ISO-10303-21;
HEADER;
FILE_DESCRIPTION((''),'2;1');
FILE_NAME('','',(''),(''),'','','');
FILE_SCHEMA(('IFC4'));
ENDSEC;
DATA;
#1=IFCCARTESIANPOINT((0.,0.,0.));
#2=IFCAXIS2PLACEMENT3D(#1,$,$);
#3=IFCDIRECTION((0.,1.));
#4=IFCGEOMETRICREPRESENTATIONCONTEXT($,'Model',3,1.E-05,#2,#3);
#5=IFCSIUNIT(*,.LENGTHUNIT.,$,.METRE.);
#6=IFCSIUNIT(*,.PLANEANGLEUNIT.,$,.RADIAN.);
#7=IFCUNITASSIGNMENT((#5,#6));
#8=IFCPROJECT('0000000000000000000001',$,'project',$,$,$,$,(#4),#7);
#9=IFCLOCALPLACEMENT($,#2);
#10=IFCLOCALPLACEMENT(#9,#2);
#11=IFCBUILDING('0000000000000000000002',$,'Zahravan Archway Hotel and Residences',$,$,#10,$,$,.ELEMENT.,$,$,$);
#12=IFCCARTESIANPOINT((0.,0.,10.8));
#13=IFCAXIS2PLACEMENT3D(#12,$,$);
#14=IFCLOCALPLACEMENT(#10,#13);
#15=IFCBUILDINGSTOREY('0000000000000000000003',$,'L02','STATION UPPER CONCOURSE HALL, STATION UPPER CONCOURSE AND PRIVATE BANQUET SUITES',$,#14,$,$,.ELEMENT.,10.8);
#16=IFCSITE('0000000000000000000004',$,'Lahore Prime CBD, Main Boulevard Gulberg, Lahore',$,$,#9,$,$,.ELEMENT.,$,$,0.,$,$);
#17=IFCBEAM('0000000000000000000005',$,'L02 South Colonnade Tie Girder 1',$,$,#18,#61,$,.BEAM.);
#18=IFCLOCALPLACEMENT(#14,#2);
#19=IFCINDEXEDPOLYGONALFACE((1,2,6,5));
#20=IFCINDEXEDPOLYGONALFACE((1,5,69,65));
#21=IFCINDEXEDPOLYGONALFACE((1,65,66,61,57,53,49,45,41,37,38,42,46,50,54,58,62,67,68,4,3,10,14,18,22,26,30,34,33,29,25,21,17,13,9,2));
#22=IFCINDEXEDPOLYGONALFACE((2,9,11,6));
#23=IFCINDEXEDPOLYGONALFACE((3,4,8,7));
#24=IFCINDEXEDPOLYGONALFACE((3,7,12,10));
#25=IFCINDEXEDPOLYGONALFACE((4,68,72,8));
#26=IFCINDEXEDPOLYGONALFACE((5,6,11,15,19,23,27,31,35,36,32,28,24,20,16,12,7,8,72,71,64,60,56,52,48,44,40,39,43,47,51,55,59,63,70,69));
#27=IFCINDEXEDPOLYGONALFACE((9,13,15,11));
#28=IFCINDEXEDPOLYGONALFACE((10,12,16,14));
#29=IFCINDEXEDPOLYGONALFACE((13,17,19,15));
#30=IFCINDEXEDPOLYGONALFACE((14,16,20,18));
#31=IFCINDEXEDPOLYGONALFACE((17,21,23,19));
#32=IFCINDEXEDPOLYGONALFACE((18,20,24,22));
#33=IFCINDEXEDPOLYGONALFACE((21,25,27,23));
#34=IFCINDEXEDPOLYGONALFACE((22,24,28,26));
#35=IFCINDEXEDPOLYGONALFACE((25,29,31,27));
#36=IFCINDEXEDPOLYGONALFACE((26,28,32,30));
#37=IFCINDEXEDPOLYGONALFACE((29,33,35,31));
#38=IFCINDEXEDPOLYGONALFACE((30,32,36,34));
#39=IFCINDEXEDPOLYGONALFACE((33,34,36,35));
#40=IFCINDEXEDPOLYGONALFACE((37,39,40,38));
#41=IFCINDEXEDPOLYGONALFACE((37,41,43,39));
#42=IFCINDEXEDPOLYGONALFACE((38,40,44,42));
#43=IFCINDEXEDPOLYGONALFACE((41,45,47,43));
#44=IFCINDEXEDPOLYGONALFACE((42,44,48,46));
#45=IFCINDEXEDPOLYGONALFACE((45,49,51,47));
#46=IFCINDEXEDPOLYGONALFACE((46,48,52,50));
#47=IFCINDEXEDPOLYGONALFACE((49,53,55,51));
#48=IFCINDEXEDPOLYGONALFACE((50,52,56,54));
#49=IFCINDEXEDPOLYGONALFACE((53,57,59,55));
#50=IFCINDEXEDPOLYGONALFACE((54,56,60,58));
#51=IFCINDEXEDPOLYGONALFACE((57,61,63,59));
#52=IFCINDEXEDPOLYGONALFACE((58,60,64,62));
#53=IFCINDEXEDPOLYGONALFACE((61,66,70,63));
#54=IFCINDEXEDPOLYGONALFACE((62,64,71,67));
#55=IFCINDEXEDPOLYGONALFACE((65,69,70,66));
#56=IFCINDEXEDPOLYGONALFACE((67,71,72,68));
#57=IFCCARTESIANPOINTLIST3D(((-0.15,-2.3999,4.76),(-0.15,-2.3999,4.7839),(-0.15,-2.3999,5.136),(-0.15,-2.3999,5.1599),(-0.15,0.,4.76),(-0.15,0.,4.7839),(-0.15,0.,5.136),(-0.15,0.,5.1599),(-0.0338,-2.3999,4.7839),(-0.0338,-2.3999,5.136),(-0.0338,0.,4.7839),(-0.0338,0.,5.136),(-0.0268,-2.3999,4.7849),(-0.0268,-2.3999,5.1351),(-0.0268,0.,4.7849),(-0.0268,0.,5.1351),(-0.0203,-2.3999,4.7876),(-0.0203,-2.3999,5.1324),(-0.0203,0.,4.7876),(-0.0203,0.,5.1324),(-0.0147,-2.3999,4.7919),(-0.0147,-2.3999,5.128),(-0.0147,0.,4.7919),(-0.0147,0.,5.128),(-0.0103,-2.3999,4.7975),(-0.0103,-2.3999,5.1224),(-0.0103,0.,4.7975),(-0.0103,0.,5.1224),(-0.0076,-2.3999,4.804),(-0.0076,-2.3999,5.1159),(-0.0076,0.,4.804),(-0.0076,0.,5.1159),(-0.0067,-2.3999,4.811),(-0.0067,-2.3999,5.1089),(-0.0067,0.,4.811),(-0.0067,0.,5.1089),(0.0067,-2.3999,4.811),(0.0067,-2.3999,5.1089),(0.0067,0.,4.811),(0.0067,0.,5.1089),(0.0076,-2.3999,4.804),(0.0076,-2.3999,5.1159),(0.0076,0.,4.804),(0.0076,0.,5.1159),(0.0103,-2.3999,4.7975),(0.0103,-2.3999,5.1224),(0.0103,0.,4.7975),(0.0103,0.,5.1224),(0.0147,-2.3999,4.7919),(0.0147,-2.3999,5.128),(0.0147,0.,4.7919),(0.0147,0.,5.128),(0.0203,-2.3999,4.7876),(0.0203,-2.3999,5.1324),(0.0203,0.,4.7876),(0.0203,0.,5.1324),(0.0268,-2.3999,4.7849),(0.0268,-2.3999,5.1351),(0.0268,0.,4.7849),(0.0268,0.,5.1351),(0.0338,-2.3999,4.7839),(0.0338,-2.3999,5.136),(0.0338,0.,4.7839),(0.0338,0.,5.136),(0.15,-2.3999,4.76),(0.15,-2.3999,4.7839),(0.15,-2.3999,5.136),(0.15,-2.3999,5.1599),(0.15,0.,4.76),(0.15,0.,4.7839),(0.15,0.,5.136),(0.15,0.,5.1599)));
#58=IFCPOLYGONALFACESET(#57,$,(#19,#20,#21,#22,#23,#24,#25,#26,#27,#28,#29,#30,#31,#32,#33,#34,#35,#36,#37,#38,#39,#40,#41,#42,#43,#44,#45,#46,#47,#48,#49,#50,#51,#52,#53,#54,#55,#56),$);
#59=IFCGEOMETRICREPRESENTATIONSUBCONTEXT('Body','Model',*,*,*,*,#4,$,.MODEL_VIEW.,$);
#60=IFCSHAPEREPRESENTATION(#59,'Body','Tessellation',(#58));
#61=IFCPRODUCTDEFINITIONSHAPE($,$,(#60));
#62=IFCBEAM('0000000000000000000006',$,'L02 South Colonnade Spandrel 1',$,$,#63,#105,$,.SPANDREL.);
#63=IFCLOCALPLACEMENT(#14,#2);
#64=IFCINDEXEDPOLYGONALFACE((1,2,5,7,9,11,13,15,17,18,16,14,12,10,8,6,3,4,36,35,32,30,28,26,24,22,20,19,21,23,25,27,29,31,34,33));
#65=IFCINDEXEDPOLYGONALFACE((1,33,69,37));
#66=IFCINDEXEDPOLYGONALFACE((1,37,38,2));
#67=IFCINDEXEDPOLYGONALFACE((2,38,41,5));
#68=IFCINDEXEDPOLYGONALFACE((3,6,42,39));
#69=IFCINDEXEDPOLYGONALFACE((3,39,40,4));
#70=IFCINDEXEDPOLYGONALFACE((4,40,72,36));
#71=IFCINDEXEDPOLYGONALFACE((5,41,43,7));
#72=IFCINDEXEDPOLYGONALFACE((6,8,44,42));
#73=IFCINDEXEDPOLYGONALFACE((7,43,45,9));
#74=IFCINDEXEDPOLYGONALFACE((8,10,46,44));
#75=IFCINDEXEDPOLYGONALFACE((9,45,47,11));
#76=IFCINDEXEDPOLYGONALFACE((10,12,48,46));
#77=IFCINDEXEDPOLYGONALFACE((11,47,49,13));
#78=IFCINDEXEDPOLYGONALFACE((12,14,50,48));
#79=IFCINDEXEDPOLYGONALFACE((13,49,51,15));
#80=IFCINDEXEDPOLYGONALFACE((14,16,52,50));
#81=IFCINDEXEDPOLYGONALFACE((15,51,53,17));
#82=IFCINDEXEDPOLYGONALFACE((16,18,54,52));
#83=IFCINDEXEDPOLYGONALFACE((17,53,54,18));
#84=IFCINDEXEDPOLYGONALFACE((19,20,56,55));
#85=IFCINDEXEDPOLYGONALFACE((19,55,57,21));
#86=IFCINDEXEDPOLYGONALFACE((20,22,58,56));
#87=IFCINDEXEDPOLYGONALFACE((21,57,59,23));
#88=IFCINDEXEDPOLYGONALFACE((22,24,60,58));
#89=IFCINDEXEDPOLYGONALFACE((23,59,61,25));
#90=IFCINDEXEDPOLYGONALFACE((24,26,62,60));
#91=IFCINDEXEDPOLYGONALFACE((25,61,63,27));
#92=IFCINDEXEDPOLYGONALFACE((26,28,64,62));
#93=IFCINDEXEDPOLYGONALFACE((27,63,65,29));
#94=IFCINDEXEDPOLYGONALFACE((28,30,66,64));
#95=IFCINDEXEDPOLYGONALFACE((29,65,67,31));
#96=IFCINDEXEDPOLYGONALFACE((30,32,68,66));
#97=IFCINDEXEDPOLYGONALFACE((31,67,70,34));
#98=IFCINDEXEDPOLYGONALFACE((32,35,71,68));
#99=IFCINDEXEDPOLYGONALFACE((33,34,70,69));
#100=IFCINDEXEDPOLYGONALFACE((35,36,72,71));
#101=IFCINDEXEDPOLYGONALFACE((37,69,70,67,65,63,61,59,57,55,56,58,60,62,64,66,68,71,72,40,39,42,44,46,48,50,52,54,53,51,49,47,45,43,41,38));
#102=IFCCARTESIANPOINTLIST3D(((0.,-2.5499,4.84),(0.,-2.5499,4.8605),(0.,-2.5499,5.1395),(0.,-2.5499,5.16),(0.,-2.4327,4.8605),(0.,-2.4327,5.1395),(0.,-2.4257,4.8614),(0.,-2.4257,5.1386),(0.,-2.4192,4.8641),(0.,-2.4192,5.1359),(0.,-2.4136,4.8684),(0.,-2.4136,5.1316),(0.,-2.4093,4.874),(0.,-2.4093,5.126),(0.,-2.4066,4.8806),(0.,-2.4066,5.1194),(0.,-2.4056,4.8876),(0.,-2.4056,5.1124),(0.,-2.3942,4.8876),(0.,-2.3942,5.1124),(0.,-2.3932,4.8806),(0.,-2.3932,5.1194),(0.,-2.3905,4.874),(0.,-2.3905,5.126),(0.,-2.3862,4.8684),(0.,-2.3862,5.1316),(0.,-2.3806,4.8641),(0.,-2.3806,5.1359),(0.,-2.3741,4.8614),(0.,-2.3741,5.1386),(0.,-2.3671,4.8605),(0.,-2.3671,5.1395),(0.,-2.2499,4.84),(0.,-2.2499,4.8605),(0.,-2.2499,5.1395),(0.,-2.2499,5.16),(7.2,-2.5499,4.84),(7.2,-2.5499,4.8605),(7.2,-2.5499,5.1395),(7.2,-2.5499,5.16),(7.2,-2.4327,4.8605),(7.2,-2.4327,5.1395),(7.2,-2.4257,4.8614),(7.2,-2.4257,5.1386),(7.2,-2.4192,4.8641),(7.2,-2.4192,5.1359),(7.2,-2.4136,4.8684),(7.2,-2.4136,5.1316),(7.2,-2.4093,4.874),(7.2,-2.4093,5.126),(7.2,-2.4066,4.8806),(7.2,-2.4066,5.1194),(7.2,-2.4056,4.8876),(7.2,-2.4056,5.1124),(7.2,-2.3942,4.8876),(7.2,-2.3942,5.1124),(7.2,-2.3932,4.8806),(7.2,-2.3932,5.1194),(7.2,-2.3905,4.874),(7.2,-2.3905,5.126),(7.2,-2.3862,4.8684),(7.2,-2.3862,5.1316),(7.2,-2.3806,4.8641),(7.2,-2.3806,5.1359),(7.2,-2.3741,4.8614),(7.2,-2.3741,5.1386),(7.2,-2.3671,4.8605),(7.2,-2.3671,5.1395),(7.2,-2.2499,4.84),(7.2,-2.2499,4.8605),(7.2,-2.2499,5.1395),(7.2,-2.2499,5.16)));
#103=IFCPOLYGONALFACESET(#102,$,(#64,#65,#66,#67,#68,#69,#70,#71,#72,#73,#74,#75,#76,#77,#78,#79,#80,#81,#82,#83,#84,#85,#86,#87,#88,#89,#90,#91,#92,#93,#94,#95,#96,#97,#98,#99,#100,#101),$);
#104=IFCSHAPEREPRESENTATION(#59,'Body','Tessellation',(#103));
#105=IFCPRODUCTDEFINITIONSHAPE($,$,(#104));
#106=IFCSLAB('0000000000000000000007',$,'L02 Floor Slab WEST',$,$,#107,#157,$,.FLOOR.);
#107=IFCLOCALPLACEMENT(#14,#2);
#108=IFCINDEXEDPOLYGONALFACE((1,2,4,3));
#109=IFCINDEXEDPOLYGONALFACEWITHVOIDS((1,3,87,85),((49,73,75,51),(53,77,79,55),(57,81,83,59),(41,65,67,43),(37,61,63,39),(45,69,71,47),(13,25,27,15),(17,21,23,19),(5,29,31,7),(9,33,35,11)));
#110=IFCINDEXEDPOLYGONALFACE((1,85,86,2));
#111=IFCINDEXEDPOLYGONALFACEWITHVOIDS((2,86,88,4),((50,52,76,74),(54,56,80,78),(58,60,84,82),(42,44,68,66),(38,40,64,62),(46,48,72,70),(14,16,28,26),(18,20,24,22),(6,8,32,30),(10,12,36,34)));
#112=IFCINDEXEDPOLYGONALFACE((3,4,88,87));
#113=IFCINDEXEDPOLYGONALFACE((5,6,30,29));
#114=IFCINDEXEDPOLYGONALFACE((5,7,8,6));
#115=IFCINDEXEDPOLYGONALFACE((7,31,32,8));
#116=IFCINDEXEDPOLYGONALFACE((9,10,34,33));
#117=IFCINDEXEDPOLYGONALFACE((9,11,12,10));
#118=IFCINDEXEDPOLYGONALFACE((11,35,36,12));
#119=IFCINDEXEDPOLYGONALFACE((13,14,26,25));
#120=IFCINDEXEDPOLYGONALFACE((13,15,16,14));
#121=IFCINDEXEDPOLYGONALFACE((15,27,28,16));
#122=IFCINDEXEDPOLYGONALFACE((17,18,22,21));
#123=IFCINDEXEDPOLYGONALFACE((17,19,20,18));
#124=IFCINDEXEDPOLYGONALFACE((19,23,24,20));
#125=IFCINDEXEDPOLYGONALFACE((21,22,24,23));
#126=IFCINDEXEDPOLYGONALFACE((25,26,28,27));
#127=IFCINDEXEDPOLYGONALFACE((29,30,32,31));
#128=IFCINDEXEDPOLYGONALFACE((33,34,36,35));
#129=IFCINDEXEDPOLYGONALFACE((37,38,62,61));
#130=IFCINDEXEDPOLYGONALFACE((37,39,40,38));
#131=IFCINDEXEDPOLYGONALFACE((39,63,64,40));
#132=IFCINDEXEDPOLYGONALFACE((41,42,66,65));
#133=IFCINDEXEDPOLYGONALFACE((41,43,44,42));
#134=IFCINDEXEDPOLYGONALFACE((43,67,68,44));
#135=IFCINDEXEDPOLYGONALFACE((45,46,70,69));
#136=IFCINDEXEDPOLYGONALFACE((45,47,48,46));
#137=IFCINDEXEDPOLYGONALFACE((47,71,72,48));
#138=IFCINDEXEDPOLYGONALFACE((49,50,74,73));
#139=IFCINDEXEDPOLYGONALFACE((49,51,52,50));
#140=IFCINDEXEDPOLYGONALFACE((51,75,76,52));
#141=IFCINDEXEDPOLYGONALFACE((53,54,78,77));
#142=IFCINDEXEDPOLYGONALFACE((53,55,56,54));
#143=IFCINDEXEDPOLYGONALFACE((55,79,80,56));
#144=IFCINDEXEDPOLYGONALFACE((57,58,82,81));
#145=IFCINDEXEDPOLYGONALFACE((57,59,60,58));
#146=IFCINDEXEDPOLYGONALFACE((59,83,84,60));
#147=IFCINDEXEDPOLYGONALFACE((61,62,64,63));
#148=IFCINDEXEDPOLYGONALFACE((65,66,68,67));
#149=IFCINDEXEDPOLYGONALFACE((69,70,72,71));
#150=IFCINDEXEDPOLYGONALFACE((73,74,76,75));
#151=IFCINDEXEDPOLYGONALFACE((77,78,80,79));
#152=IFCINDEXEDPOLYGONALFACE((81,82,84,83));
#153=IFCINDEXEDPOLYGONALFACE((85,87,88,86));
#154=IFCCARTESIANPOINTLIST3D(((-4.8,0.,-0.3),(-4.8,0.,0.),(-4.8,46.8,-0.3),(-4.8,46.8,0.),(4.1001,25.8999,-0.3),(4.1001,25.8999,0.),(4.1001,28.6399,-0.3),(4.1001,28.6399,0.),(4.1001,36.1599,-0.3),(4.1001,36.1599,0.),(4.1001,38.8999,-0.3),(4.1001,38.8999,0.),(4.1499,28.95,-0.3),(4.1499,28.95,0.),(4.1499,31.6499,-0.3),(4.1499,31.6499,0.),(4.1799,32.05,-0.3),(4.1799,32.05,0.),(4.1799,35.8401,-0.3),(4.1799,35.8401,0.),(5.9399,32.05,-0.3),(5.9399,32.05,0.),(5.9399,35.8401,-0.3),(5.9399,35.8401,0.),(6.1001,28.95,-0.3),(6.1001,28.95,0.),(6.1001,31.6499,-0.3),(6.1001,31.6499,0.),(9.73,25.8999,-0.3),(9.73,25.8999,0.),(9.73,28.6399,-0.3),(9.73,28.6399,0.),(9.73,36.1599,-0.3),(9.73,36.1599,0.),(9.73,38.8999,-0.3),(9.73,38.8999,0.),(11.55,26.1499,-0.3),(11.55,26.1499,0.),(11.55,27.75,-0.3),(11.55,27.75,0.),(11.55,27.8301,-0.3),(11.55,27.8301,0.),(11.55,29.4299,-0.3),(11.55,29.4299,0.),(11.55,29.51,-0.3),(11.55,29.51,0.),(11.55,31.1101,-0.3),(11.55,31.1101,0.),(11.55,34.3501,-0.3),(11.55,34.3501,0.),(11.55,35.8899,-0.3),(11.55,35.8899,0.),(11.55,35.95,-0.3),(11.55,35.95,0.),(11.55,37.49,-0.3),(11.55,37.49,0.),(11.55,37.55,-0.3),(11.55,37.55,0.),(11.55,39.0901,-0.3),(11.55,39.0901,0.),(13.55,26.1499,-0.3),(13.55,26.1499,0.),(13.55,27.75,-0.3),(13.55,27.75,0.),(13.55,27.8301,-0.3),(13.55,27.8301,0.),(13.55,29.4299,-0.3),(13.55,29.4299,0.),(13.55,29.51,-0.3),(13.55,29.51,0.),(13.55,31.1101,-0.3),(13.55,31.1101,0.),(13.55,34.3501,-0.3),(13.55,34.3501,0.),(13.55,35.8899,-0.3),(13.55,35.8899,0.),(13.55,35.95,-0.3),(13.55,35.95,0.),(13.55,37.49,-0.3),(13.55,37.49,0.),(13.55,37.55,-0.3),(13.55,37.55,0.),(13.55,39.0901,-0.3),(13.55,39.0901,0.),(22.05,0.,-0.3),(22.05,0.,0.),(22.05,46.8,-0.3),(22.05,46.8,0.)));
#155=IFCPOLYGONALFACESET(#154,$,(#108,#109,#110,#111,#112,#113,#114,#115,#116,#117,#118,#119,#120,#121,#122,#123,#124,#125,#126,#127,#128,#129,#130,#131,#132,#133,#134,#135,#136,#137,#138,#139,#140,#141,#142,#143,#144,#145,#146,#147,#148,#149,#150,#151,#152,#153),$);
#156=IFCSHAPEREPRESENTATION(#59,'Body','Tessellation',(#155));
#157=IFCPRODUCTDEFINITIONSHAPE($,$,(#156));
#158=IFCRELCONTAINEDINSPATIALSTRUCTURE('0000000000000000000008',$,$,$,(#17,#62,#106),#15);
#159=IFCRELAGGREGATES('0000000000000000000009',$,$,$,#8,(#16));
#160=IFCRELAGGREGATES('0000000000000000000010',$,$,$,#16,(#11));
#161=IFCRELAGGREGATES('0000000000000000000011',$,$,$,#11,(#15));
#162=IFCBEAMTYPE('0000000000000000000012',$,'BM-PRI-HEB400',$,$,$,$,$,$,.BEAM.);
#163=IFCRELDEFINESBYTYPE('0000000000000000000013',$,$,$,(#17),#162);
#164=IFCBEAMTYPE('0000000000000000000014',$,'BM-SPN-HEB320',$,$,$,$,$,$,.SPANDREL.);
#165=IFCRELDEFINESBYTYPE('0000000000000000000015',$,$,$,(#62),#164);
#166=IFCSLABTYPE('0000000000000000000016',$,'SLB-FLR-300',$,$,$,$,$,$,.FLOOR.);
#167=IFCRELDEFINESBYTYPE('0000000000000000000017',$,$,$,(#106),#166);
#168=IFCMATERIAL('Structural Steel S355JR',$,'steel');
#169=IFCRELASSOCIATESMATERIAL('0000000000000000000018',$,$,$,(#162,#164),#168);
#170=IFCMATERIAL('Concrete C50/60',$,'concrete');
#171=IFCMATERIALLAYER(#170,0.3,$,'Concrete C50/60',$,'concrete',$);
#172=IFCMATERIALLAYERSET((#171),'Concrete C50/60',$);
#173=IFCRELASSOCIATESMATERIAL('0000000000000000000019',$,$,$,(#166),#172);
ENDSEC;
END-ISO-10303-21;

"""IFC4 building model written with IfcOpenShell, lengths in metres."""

from ifc_helpers import new_model, si_unit, direction, frame, origin, origin_2d, place, context, subcontext, project, spatial, polyline, i_section, outline, extrude, source, transform, mapped, material, layer, layer_set, material_profile, profile_set, type_object, type_shapes, element, save


model = new_model("IFC4")

# Units and contexts
model_context = context("Model", 3, precision=1e-05, world=origin(), true_north=direction((0.0, 1.0)))
body_context = subcontext(model_context, "Body", "Model", "MODEL_VIEW")
ifc_project = project(units=[si_unit("LENGTHUNIT", "METRE"), si_unit("PLANEANGLEUNIT", "RADIAN")], contexts=[model_context])

# Site, building, storey
site_placement = place(None, origin())
site = spatial("IfcSite", under=ifc_project, at=site_placement, Name="Lahore Prime CBD, Main Boulevard Gulberg, Lahore", CompositionType="ELEMENT", RefElevation=0.0)
building_placement = place(site_placement, origin())
building = spatial("IfcBuilding", under=site, at=building_placement, Name="Zahravan Archway Hotel and Residences", CompositionType="ELEMENT")
storey_placement = place(building_placement, frame((0.0, 0.0, 10.8)))
storey = spatial("IfcBuildingStorey", under=building, at=storey_placement, Name="L02", Description="STATION UPPER CONCOURSE HALL, STATION UPPER CONCOURSE AND PRIVATE BANQUET SUITES", CompositionType="ELEMENT", Elevation=10.8)

# Beams
ifc_material_1 = material(Name="Structural Steel S355JR", Category="steel")
ifc_material_profile_1 = material_profile(ifc_material_1, i_section(OverallWidth=0.3, OverallDepth=0.3999, WebThickness=0.0134, FlangeThickness=0.0239, FilletRadius=0.0271, at=origin_2d()), Name="HEB 400", Category="steel")
ifc_profile_set_1 = profile_set([ifc_material_profile_1], Name="Structural Steel S355JR")
beam_type_1 = type_object("IfcBeamType", Name="BM-PRI-HEB400", PredefinedType="BEAM", material=ifc_profile_set_1)
shared_shape_1 = source(origin(), body_context, "Body", "SweptSolid", [
    extrude(i_section(OverallWidth=0.3, OverallDepth=0.3999, WebThickness=0.0134, FlangeThickness=0.0239, FilletRadius=0.0271, at=origin_2d()), origin(), (0.0, 0.0, 1.0), 2.3999),
])
beam_1_placement = place(storey_placement, frame((0.0, -2.3999, 4.96), z_axis=(0.0, 1.0, 0.0), x_axis=(-1.0, 0.0, 0.0)))
element("IfcBeam", 1, at=beam_1_placement, inside=storey, type_object=beam_type_1, Name="L02 South Colonnade Tie Girder 1", PredefinedType="BEAM", context=body_context, shape_type="MappedRepresentation", body=[
    mapped(shared_shape_1, transform((0.0, 0.0, 0.0), scale=1.0)),
])
ifc_material_profile_2 = material_profile(ifc_material_1, i_section(OverallWidth=0.3, OverallDepth=0.3201, WebThickness=0.0115, FlangeThickness=0.0205, FilletRadius=0.0271, at=origin_2d()), Name="HEB 320", Category="steel")
ifc_profile_set_2 = profile_set([ifc_material_profile_2], Name="Structural Steel S355JR")
beam_type_2 = type_object("IfcBeamType", Name="BM-SPN-HEB320", PredefinedType="SPANDREL", material=ifc_profile_set_2)
shared_shape_2 = source(origin(), body_context, "Body", "SweptSolid", [
    extrude(i_section(OverallWidth=0.3, OverallDepth=0.3201, WebThickness=0.0115, FlangeThickness=0.0205, FilletRadius=0.0271, at=origin_2d()), origin(), (0.0, 0.0, 1.0), 7.2),
])
type_shapes(beam_type_2, [shared_shape_2])
beam_2_placement = place(storey_placement, frame((0.0, -2.3999, 5.0), z_axis=(1.0, 0.0, 0.0), x_axis=(0.0, 1.0, 0.0)))
element("IfcBeam", 2, at=beam_2_placement, inside=storey, type_object=beam_type_2, Name="L02 South Colonnade Spandrel 1", PredefinedType="SPANDREL", context=body_context, shape_type="MappedRepresentation", body=[
    mapped(shared_shape_2, transform((0.0, 0.0, 0.0), scale=1.0)),
])

# Slab
ifc_material_2 = material(Name="Concrete C50/60", Category="concrete")
ifc_layer_1 = layer(ifc_material_2, 0.3, Name="Concrete C50/60", Category="concrete")
ifc_layer_set_1 = layer_set([ifc_layer_1], Name="Concrete C50/60")
slab_type = type_object("IfcSlabType", Name="SLB-FLR-300", PredefinedType="FLOOR", material=ifc_layer_set_1)
slab_1_placement = place(storey_placement, frame((0.0, 0.0, -0.3)))
element("IfcSlab", 3, at=slab_1_placement, inside=storey, type_object=slab_type, Name="L02 Floor Slab WEST", PredefinedType="FLOOR", context=body_context, shape_type="SweptSolid", body=[
    extrude(outline(polyline([(-4.8, 0.0), (22.05, 0.0), (22.05, 46.8), (-4.8, 46.8), (-4.8, 0.0)]), holes=[polyline([(9.73, 28.6399), (4.1001, 28.6399), (4.1001, 25.8999), (9.73, 25.8999), (9.73, 28.6399)]), polyline([(9.73, 38.8999), (4.1001, 38.8999), (4.1001, 36.1599), (9.73, 36.1599), (9.73, 38.8999)]), polyline([(4.1499, 28.95), (6.1001, 28.95), (6.1001, 31.6499), (4.1499, 31.6499), (4.1499, 28.95)]), polyline([(11.55, 26.1499), (13.55, 26.1499), (13.55, 27.75), (11.55, 27.75), (11.55, 26.1499)]), polyline([(11.55, 27.8301), (13.55, 27.8301), (13.55, 29.4299), (11.55, 29.4299), (11.55, 27.8301)]), polyline([(11.55, 29.51), (13.55, 29.51), (13.55, 31.1101), (11.55, 31.1101), (11.55, 29.51)]), polyline([(11.55, 34.3501), (13.55, 34.3501), (13.55, 35.8899), (11.55, 35.8899), (11.55, 34.3501)]), polyline([(11.55, 35.95), (13.55, 35.95), (13.55, 37.49), (11.55, 37.49), (11.55, 35.95)]), polyline([(11.55, 37.55), (13.55, 37.55), (13.55, 39.0901), (11.55, 39.0901), (11.55, 37.55)]), polyline([(4.1799, 32.05), (5.9399, 32.05), (5.9399, 35.8401), (4.1799, 35.8401), (4.1799, 32.05)])]), origin(), (0.0, 0.0, 1.0), 0.3),
])

save(model, "model.ifc")
